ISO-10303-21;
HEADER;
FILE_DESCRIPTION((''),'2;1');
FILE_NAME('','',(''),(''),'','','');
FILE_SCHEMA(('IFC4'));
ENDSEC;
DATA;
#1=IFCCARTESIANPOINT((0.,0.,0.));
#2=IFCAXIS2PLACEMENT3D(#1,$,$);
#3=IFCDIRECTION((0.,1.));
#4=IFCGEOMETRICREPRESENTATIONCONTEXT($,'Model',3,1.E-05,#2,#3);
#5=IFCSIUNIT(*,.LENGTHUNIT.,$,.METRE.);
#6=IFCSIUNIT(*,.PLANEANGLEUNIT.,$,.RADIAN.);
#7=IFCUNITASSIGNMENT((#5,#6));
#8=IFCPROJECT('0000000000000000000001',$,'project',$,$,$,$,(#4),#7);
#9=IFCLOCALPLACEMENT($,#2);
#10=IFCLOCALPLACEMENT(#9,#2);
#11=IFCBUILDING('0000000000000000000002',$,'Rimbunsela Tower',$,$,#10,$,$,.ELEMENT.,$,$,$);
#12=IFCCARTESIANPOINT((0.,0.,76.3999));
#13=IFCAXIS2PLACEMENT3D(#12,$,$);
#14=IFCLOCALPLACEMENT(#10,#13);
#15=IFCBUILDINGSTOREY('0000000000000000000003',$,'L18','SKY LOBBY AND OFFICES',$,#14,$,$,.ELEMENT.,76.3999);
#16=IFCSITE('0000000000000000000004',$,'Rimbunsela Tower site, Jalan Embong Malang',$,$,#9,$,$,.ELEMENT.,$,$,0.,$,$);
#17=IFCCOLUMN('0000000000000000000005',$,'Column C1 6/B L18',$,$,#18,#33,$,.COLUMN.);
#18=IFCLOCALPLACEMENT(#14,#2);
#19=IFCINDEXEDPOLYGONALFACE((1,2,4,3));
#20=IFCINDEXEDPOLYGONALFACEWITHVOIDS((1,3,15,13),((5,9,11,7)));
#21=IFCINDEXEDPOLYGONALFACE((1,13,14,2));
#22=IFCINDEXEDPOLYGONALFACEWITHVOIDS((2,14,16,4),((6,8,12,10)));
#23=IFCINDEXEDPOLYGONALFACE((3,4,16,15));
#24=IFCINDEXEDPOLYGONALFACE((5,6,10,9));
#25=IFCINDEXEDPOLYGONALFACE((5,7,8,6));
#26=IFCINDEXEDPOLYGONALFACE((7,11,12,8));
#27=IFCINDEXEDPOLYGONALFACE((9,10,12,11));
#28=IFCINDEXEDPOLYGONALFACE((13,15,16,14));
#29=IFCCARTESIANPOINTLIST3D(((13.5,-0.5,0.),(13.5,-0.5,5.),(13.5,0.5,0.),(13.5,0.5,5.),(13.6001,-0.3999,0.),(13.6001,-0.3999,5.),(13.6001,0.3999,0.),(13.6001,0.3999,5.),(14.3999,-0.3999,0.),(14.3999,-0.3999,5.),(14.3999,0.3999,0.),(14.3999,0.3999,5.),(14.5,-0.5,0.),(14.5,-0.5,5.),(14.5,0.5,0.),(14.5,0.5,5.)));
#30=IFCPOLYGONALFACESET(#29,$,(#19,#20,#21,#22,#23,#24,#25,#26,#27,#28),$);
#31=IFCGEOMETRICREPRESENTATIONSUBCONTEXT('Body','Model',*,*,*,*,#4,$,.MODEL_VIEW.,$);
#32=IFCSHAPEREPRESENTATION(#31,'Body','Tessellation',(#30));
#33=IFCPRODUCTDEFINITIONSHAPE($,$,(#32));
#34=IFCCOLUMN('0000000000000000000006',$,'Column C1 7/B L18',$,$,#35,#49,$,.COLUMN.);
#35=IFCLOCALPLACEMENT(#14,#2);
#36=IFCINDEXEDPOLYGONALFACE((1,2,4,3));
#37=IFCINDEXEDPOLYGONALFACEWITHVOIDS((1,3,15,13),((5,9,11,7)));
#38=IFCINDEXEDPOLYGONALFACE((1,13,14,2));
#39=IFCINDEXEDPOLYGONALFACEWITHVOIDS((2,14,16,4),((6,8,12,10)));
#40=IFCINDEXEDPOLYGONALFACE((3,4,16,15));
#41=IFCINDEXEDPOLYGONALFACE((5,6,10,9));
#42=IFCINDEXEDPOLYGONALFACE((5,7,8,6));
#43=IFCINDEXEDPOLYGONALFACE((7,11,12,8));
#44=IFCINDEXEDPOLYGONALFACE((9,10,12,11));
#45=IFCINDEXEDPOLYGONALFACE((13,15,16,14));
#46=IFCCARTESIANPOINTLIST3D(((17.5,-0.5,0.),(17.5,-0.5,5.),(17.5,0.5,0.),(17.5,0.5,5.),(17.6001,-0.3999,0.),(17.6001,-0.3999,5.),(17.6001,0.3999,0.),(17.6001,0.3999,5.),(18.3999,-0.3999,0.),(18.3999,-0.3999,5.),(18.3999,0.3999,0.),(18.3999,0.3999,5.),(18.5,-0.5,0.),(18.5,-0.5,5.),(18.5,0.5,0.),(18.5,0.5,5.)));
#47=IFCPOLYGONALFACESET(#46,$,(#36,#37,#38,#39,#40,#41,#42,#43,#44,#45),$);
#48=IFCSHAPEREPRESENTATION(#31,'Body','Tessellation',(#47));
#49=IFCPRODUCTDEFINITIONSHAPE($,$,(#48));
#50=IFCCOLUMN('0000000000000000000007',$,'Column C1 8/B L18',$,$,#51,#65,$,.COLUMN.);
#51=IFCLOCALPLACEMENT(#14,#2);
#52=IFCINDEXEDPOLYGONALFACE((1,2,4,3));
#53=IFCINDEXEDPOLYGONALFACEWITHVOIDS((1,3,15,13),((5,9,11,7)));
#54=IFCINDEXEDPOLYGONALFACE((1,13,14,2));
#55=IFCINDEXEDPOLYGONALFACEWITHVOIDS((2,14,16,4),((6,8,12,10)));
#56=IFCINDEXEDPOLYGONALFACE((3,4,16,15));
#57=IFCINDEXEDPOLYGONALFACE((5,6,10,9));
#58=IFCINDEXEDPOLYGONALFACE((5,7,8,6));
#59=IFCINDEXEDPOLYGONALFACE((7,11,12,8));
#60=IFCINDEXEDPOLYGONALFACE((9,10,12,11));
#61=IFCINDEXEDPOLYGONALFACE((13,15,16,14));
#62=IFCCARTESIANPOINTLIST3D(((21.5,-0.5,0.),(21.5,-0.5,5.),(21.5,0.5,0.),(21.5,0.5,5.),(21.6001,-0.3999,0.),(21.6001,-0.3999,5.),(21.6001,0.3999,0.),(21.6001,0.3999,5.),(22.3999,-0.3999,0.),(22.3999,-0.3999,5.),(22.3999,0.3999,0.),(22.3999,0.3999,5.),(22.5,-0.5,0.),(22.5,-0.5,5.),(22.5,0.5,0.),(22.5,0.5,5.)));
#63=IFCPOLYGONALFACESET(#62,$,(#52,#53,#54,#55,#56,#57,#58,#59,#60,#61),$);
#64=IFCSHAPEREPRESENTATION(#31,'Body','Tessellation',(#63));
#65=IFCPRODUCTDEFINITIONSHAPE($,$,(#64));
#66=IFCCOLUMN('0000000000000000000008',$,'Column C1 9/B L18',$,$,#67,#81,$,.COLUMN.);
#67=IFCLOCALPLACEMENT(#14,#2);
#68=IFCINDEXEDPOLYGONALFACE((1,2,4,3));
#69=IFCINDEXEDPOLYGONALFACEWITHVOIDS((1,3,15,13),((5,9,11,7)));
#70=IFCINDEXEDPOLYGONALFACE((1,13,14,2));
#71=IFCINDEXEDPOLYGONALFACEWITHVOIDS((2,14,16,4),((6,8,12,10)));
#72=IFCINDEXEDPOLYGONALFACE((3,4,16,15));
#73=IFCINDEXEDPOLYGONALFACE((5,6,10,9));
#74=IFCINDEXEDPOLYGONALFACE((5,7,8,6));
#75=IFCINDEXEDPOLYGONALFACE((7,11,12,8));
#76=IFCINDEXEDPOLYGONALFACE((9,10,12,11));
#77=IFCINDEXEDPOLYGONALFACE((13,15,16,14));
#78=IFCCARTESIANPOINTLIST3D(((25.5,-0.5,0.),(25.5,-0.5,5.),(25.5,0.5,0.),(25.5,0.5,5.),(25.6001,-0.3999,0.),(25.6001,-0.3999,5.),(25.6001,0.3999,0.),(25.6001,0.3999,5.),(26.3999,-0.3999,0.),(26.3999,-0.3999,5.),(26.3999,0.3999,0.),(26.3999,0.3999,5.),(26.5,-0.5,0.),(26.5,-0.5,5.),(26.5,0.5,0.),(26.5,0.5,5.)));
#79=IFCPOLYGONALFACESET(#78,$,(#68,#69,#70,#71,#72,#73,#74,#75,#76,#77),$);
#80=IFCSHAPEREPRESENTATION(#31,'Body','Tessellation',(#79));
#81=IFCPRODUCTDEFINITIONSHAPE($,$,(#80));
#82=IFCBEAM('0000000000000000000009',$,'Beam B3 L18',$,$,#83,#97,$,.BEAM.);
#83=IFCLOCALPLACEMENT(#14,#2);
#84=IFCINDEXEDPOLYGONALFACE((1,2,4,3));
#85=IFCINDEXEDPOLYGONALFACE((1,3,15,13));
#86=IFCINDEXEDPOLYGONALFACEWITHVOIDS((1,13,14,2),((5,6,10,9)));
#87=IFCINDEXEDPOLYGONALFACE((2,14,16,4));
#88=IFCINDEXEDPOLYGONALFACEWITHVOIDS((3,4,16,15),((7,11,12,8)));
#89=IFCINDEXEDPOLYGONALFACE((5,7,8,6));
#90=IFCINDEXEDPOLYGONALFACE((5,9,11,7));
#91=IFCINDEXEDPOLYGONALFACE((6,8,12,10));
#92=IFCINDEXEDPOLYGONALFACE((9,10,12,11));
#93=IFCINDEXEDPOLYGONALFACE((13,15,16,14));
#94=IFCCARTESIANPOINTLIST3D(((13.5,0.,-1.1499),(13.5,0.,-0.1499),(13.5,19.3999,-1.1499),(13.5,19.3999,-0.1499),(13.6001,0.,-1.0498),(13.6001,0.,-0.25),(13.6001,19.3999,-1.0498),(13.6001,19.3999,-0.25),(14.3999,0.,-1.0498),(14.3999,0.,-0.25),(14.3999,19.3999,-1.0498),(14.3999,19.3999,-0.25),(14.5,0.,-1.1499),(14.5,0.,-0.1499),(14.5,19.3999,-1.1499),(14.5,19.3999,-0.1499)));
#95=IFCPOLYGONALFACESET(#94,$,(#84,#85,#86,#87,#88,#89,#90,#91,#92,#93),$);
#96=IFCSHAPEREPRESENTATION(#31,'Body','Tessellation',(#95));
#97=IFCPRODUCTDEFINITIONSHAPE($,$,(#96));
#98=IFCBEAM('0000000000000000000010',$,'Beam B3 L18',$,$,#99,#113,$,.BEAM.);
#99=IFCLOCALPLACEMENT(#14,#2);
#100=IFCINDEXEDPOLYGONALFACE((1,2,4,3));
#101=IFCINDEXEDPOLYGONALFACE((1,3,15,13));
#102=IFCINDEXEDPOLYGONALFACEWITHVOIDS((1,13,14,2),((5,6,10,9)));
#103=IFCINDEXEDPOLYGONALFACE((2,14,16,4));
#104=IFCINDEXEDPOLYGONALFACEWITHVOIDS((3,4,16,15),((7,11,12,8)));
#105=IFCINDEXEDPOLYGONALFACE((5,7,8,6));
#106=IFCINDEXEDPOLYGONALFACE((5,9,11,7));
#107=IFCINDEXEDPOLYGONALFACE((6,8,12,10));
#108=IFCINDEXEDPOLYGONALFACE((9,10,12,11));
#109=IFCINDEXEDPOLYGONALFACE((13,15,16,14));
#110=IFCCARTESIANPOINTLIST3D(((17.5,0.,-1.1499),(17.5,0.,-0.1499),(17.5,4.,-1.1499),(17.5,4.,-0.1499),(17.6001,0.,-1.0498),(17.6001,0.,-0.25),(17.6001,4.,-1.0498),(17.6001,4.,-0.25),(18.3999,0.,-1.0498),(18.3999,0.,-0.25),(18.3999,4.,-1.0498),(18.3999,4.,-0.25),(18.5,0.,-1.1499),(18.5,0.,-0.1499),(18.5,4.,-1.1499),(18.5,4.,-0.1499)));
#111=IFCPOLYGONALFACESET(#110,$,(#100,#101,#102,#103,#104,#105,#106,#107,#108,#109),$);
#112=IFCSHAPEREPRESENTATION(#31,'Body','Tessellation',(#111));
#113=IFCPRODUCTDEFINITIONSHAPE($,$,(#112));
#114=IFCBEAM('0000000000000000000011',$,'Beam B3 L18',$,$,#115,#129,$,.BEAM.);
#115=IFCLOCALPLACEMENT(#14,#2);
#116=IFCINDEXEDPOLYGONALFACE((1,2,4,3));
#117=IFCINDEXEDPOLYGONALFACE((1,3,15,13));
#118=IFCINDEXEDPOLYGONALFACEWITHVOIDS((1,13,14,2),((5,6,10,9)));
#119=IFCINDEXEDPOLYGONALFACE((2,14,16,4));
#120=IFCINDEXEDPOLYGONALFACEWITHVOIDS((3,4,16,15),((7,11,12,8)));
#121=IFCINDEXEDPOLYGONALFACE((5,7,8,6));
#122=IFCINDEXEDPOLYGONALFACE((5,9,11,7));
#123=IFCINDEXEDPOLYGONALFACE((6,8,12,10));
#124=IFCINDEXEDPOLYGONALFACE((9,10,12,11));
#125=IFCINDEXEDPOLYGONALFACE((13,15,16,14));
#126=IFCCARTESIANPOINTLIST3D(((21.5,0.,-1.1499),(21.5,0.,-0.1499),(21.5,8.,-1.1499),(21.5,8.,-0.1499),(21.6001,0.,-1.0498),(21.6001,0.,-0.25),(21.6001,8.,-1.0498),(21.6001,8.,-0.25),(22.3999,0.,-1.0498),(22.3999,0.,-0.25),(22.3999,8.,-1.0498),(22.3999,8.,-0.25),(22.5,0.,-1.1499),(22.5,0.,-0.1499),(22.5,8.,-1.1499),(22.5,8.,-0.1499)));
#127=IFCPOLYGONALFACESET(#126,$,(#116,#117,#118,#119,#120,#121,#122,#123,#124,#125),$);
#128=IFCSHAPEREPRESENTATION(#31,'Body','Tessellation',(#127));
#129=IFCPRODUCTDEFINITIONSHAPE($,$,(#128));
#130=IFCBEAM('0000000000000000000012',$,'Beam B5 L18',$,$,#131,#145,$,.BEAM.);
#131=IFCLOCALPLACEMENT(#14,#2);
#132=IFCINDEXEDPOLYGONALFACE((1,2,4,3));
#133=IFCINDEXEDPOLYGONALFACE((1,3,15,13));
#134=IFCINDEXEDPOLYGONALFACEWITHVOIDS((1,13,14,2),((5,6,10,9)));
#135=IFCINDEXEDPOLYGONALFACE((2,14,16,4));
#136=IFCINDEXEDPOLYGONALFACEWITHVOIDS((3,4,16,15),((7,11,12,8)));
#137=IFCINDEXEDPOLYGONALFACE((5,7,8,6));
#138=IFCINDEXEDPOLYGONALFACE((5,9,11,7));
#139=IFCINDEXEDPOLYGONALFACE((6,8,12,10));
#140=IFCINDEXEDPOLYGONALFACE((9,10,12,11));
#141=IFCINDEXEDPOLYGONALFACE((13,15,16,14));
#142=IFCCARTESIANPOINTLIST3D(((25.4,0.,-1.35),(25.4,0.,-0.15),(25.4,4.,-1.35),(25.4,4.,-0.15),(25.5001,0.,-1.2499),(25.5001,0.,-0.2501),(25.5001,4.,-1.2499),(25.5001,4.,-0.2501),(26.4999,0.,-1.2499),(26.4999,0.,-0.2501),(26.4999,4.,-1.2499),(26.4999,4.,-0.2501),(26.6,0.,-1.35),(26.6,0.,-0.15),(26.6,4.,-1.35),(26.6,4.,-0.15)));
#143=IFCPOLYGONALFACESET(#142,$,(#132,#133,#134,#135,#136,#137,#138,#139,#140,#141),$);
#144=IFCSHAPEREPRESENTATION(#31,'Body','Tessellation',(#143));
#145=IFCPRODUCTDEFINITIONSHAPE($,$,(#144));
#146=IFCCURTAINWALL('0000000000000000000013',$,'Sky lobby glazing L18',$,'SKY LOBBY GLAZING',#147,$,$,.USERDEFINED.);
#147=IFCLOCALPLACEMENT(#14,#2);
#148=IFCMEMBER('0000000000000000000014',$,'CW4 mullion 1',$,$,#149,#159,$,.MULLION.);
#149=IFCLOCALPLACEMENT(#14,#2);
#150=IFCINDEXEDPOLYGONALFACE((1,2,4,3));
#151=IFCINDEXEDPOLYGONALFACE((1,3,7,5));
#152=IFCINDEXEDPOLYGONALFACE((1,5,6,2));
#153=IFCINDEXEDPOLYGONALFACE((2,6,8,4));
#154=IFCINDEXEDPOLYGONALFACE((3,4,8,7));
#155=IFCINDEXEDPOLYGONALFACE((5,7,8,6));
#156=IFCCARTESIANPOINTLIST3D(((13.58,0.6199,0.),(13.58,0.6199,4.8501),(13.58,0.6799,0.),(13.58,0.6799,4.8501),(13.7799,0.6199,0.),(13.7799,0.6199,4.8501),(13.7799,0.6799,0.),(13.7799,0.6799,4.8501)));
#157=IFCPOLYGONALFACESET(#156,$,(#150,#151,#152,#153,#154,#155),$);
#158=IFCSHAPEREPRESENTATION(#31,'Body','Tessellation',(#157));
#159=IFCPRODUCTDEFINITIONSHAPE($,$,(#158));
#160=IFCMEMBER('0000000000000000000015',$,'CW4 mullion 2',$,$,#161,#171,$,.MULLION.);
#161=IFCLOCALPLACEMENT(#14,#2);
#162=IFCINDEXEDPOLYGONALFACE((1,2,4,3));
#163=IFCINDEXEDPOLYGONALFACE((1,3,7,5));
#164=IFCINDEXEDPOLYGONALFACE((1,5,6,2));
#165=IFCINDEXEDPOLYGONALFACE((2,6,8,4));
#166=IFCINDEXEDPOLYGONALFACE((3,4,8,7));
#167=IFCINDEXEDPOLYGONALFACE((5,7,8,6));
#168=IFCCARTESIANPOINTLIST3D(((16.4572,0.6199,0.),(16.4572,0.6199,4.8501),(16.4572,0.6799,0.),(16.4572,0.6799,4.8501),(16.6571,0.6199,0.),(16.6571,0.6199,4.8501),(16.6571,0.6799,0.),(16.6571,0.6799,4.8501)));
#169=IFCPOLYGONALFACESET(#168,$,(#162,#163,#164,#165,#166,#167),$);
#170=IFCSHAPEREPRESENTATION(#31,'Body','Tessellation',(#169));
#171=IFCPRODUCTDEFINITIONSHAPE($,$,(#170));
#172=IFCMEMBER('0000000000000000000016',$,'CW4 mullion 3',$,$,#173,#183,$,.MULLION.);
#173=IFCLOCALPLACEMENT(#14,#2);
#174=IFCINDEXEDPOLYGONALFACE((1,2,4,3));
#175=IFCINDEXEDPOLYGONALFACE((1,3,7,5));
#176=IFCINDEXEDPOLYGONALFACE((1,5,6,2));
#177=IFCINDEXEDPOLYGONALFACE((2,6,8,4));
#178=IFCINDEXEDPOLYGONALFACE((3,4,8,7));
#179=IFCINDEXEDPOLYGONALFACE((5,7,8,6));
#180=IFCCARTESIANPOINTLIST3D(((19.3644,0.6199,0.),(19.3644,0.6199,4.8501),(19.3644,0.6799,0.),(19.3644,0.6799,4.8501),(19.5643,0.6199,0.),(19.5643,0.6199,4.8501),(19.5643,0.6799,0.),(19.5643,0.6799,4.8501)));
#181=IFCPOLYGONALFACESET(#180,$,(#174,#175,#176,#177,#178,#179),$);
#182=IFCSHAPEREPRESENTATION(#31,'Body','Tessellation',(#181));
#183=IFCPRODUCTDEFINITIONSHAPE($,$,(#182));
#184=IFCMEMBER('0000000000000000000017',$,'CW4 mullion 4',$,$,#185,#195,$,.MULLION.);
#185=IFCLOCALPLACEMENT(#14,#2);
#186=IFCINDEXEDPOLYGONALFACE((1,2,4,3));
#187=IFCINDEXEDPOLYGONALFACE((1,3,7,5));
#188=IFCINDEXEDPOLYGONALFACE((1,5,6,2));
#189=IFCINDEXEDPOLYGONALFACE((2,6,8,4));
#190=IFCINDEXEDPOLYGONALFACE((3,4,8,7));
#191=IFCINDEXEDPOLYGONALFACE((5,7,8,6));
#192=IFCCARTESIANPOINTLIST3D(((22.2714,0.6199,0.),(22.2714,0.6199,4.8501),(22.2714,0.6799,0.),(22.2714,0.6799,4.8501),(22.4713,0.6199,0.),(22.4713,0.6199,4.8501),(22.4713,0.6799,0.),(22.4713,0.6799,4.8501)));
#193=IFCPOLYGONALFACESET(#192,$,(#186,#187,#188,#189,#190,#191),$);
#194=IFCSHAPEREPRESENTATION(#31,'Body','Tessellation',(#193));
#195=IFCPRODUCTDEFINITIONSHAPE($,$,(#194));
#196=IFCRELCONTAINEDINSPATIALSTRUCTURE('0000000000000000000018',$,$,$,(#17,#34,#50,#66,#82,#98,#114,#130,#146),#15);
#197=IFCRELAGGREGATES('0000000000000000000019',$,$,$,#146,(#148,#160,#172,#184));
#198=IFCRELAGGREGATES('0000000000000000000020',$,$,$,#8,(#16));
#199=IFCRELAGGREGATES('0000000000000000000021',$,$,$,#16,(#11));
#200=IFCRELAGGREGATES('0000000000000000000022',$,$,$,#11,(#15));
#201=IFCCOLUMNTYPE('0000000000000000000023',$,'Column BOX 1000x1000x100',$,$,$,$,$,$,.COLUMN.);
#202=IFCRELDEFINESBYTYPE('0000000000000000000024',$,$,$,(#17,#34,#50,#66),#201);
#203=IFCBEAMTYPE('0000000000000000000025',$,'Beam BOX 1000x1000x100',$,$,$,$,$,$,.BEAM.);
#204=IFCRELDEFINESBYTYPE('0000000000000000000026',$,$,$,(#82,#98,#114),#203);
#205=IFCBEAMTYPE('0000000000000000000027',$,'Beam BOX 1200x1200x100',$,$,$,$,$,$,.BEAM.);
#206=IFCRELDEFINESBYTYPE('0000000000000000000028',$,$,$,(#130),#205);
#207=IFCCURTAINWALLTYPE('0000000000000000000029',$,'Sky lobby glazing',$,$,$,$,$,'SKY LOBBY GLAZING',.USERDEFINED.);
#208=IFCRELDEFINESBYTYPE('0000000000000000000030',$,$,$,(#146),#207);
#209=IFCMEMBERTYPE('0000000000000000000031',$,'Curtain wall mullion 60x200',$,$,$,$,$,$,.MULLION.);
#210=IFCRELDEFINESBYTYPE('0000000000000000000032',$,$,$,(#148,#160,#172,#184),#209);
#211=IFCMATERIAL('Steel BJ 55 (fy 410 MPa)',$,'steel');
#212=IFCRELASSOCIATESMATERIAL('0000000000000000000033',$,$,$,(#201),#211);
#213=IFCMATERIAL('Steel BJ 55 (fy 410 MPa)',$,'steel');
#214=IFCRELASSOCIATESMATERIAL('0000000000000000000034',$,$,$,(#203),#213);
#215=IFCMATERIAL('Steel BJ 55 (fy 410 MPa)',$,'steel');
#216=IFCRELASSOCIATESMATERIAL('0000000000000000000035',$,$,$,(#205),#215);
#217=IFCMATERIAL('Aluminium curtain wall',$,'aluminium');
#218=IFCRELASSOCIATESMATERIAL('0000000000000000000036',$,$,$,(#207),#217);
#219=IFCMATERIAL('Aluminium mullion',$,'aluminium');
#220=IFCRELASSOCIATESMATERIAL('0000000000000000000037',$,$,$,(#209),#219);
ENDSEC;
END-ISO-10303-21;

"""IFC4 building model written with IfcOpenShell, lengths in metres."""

from ifc_helpers import new_model, si_unit, direction, frame, origin, origin_2d, place, context, subcontext, project, spatial, rectangle, hollow_rectangle, extrude, material, material_profile, profile_set, type_object, element, aggregate, save


model = new_model("IFC4")

# Units and contexts
model_context = context("Model", 3, precision=1e-05, world=origin(), true_north=direction((0.0, 1.0)))
body_context = subcontext(model_context, "Body", "Model", "MODEL_VIEW")
ifc_project = project(units=[si_unit("LENGTHUNIT", "METRE"), si_unit("PLANEANGLEUNIT", "RADIAN")], contexts=[model_context])

# Site, building, storey
site_placement = place(None, origin())
site = spatial("IfcSite", under=ifc_project, at=site_placement, Name="Rimbunsela Tower site, Jalan Embong Malang", CompositionType="ELEMENT", RefElevation=0.0)
building_placement = place(site_placement, origin())
building = spatial("IfcBuilding", under=site, at=building_placement, Name="Rimbunsela Tower", CompositionType="ELEMENT")
storey_placement = place(building_placement, frame((0.0, 0.0, 76.3999)))
storey = spatial("IfcBuildingStorey", under=building, at=storey_placement, Name="L18", Description="SKY LOBBY AND OFFICES", CompositionType="ELEMENT", Elevation=76.3999)

# Columns
ifc_material_1 = material(Name="Steel BJ 55 (fy 410 MPa)", Category="steel")
ifc_material_profile_1 = material_profile(ifc_material_1, hollow_rectangle(XDim=1.0, YDim=1.0, WallThickness=0.1001, at=origin_2d()), Name="BOX 1000x1000x100")
ifc_profile_set_1 = profile_set([ifc_material_profile_1], Name="Steel BJ 55 (fy 410 MPa)")
column_type = type_object("IfcColumnType", Name="Column BOX 1000x1000x100", PredefinedType="COLUMN", material=ifc_profile_set_1)
for number, where, z_axis, x_axis, name in (
    (1, (14.0, 0.0, 0.0), (0.0, 0.0, 1.0), (1.0, 0.0, 0.0), "Column C1 6/B L18"),
    (2, (18.0, 0.0, 0.0), (0.0, 0.0, 1.0), (1.0, 0.0, 0.0), "Column C1 7/B L18"),
    (3, (22.0, 0.0, 0.0), (0.0, 0.0, 1.0), (1.0, 0.0, 0.0), "Column C1 8/B L18"),
    (4, (26.0, 0.0, 0.0), (0.0, 0.0, 1.0), (1.0, 0.0, 0.0), "Column C1 9/B L18"),
):
    element("IfcColumn", number, at=place(storey_placement, frame(where, z_axis=z_axis, x_axis=x_axis)), inside=storey, type_object=column_type, Name=name, PredefinedType="COLUMN", context=body_context, shape_type="SweptSolid", body=[
        extrude(hollow_rectangle(XDim=1.0, YDim=1.0, WallThickness=0.1001, at=origin_2d()), origin(), (0.0, 0.0, 1.0), 5.0),
    ])

# Beams
ifc_material_2 = material(Name="Steel BJ 55 (fy 410 MPa)", Category="steel")
ifc_material_profile_2 = material_profile(ifc_material_2, hollow_rectangle(XDim=1.0, YDim=1.0, WallThickness=0.1001, at=origin_2d()), Name="BOX 1000x1000x100")
ifc_profile_set_2 = profile_set([ifc_material_profile_2], Name="Steel BJ 55 (fy 410 MPa)")
beam_type_1 = type_object("IfcBeamType", Name="Beam BOX 1000x1000x100", PredefinedType="BEAM", material=ifc_profile_set_2)
beam_1_placement = place(storey_placement, frame((14.0, 0.0, -0.6499), z_axis=(0.0, 1.0, 0.0), x_axis=(-1.0, 0.0, 0.0)))
element("IfcBeam", 5, at=beam_1_placement, inside=storey, type_object=beam_type_1, Name="Beam B3 L18", PredefinedType="BEAM", context=body_context, shape_type="SweptSolid", body=[
    extrude(hollow_rectangle(XDim=1.0, YDim=1.0, WallThickness=0.1001, at=origin_2d()), origin(), (0.0, 0.0, 1.0), 19.3999),
])
beam_2_placement = place(storey_placement, frame((18.0, 0.0, -0.6499), z_axis=(0.0, 1.0, 0.0), x_axis=(-1.0, 0.0, 0.0)))
element("IfcBeam", 6, at=beam_2_placement, inside=storey, type_object=beam_type_1, Name="Beam B3 L18", PredefinedType="BEAM", context=body_context, shape_type="SweptSolid", body=[
    extrude(hollow_rectangle(XDim=1.0, YDim=1.0, WallThickness=0.1001, at=origin_2d()), origin(), (0.0, 0.0, 1.0), 4.0),
])
beam_3_placement = place(storey_placement, frame((22.0, 0.0, -0.6499), z_axis=(0.0, 1.0, 0.0), x_axis=(-1.0, 0.0, 0.0)))
element("IfcBeam", 7, at=beam_3_placement, inside=storey, type_object=beam_type_1, Name="Beam B3 L18", PredefinedType="BEAM", context=body_context, shape_type="SweptSolid", body=[
    extrude(hollow_rectangle(XDim=1.0, YDim=1.0, WallThickness=0.1001, at=origin_2d()), origin(), (0.0, 0.0, 1.0), 8.0),
])
ifc_material_3 = material(Name="Steel BJ 55 (fy 410 MPa)", Category="steel")
ifc_material_profile_3 = material_profile(ifc_material_3, hollow_rectangle(XDim=1.2, YDim=1.2, WallThickness=0.1001, at=origin_2d()), Name="BOX 1200x1200x100")
ifc_profile_set_3 = profile_set([ifc_material_profile_3], Name="Steel BJ 55 (fy 410 MPa)")
beam_type_2 = type_object("IfcBeamType", Name="Beam BOX 1200x1200x100", PredefinedType="BEAM", material=ifc_profile_set_3)
beam_4_placement = place(storey_placement, frame((26.0, 0.0, -0.75), z_axis=(0.0, 1.0, 0.0), x_axis=(-1.0, 0.0, 0.0)))
element("IfcBeam", 8, at=beam_4_placement, inside=storey, type_object=beam_type_2, Name="Beam B5 L18", PredefinedType="BEAM", context=body_context, shape_type="SweptSolid", body=[
    extrude(hollow_rectangle(XDim=1.2, YDim=1.2, WallThickness=0.1001, at=origin_2d()), origin(), (0.0, 0.0, 1.0), 4.0),
])

# Curtain wall, members
ifc_material_4 = material(Name="Aluminium curtain wall", Category="aluminium")
curtain_wall_type = type_object("IfcCurtainWallType", Name="Sky lobby glazing", ElementType="SKY LOBBY GLAZING", PredefinedType="USERDEFINED", material=ifc_material_4)
curtain_wall_placement = place(storey_placement, origin())
curtain_wall = element("IfcCurtainWall", 9, at=curtain_wall_placement, inside=storey, type_object=curtain_wall_type, Name="Sky lobby glazing L18", ObjectType="SKY LOBBY GLAZING", PredefinedType="USERDEFINED")
ifc_material_5 = material(Name="Aluminium mullion", Category="aluminium")
ifc_material_profile_4 = material_profile(ifc_material_5, rectangle(XDim=0.0601, YDim=0.2, at=origin_2d()), Name="Mullion 60x200")
ifc_profile_set_4 = profile_set([ifc_material_profile_4], Name="Aluminium mullion")
member_type_1 = type_object("IfcMemberType", Name="Curtain wall mullion 60x200", PredefinedType="MULLION", material=ifc_profile_set_4)
member_1_placement = place(storey_placement, frame((13.6799, 0.6499, 0.0), z_axis=(0.0, 0.0, 1.0), x_axis=(0.0, 1.0, 0.0)))
member_1 = element("IfcMember", 10, at=member_1_placement, type_object=member_type_1, Name="CW4 mullion 1", PredefinedType="MULLION", context=body_context, shape_type="SweptSolid", body=[
    extrude(rectangle(XDim=0.0601, YDim=0.2, at=origin_2d()), origin(), (0.0, 0.0, 1.0), 4.8501),
])
member_2_placement = place(storey_placement, frame((16.5571, 0.6499, 0.0), z_axis=(0.0, 0.0, 1.0), x_axis=(0.0, 1.0, 0.0)))
member_2 = element("IfcMember", 11, at=member_2_placement, type_object=member_type_1, Name="CW4 mullion 2", PredefinedType="MULLION", context=body_context, shape_type="SweptSolid", body=[
    extrude(rectangle(XDim=0.0601, YDim=0.2, at=origin_2d()), origin(), (0.0, 0.0, 1.0), 4.8501),
])
member_3_placement = place(storey_placement, frame((19.4644, 0.6499, 0.0), z_axis=(0.0, 0.0, 1.0), x_axis=(0.0, 1.0, 0.0)))
member_3 = element("IfcMember", 12, at=member_3_placement, type_object=member_type_1, Name="CW4 mullion 3", PredefinedType="MULLION", context=body_context, shape_type="SweptSolid", body=[
    extrude(rectangle(XDim=0.0601, YDim=0.2, at=origin_2d()), origin(), (0.0, 0.0, 1.0), 4.8501),
])
member_4_placement = place(storey_placement, frame((22.3713, 0.6499, 0.0), z_axis=(0.0, 0.0, 1.0), x_axis=(0.0, 1.0, 0.0)))
member_4 = element("IfcMember", 13, at=member_4_placement, type_object=member_type_1, Name="CW4 mullion 4", PredefinedType="MULLION", context=body_context, shape_type="SweptSolid", body=[
    extrude(rectangle(XDim=0.0601, YDim=0.2, at=origin_2d()), origin(), (0.0, 0.0, 1.0), 4.8501),
])
aggregate(curtain_wall, [member_1, member_2, member_3, member_4])

save(model, "model.ifc")
